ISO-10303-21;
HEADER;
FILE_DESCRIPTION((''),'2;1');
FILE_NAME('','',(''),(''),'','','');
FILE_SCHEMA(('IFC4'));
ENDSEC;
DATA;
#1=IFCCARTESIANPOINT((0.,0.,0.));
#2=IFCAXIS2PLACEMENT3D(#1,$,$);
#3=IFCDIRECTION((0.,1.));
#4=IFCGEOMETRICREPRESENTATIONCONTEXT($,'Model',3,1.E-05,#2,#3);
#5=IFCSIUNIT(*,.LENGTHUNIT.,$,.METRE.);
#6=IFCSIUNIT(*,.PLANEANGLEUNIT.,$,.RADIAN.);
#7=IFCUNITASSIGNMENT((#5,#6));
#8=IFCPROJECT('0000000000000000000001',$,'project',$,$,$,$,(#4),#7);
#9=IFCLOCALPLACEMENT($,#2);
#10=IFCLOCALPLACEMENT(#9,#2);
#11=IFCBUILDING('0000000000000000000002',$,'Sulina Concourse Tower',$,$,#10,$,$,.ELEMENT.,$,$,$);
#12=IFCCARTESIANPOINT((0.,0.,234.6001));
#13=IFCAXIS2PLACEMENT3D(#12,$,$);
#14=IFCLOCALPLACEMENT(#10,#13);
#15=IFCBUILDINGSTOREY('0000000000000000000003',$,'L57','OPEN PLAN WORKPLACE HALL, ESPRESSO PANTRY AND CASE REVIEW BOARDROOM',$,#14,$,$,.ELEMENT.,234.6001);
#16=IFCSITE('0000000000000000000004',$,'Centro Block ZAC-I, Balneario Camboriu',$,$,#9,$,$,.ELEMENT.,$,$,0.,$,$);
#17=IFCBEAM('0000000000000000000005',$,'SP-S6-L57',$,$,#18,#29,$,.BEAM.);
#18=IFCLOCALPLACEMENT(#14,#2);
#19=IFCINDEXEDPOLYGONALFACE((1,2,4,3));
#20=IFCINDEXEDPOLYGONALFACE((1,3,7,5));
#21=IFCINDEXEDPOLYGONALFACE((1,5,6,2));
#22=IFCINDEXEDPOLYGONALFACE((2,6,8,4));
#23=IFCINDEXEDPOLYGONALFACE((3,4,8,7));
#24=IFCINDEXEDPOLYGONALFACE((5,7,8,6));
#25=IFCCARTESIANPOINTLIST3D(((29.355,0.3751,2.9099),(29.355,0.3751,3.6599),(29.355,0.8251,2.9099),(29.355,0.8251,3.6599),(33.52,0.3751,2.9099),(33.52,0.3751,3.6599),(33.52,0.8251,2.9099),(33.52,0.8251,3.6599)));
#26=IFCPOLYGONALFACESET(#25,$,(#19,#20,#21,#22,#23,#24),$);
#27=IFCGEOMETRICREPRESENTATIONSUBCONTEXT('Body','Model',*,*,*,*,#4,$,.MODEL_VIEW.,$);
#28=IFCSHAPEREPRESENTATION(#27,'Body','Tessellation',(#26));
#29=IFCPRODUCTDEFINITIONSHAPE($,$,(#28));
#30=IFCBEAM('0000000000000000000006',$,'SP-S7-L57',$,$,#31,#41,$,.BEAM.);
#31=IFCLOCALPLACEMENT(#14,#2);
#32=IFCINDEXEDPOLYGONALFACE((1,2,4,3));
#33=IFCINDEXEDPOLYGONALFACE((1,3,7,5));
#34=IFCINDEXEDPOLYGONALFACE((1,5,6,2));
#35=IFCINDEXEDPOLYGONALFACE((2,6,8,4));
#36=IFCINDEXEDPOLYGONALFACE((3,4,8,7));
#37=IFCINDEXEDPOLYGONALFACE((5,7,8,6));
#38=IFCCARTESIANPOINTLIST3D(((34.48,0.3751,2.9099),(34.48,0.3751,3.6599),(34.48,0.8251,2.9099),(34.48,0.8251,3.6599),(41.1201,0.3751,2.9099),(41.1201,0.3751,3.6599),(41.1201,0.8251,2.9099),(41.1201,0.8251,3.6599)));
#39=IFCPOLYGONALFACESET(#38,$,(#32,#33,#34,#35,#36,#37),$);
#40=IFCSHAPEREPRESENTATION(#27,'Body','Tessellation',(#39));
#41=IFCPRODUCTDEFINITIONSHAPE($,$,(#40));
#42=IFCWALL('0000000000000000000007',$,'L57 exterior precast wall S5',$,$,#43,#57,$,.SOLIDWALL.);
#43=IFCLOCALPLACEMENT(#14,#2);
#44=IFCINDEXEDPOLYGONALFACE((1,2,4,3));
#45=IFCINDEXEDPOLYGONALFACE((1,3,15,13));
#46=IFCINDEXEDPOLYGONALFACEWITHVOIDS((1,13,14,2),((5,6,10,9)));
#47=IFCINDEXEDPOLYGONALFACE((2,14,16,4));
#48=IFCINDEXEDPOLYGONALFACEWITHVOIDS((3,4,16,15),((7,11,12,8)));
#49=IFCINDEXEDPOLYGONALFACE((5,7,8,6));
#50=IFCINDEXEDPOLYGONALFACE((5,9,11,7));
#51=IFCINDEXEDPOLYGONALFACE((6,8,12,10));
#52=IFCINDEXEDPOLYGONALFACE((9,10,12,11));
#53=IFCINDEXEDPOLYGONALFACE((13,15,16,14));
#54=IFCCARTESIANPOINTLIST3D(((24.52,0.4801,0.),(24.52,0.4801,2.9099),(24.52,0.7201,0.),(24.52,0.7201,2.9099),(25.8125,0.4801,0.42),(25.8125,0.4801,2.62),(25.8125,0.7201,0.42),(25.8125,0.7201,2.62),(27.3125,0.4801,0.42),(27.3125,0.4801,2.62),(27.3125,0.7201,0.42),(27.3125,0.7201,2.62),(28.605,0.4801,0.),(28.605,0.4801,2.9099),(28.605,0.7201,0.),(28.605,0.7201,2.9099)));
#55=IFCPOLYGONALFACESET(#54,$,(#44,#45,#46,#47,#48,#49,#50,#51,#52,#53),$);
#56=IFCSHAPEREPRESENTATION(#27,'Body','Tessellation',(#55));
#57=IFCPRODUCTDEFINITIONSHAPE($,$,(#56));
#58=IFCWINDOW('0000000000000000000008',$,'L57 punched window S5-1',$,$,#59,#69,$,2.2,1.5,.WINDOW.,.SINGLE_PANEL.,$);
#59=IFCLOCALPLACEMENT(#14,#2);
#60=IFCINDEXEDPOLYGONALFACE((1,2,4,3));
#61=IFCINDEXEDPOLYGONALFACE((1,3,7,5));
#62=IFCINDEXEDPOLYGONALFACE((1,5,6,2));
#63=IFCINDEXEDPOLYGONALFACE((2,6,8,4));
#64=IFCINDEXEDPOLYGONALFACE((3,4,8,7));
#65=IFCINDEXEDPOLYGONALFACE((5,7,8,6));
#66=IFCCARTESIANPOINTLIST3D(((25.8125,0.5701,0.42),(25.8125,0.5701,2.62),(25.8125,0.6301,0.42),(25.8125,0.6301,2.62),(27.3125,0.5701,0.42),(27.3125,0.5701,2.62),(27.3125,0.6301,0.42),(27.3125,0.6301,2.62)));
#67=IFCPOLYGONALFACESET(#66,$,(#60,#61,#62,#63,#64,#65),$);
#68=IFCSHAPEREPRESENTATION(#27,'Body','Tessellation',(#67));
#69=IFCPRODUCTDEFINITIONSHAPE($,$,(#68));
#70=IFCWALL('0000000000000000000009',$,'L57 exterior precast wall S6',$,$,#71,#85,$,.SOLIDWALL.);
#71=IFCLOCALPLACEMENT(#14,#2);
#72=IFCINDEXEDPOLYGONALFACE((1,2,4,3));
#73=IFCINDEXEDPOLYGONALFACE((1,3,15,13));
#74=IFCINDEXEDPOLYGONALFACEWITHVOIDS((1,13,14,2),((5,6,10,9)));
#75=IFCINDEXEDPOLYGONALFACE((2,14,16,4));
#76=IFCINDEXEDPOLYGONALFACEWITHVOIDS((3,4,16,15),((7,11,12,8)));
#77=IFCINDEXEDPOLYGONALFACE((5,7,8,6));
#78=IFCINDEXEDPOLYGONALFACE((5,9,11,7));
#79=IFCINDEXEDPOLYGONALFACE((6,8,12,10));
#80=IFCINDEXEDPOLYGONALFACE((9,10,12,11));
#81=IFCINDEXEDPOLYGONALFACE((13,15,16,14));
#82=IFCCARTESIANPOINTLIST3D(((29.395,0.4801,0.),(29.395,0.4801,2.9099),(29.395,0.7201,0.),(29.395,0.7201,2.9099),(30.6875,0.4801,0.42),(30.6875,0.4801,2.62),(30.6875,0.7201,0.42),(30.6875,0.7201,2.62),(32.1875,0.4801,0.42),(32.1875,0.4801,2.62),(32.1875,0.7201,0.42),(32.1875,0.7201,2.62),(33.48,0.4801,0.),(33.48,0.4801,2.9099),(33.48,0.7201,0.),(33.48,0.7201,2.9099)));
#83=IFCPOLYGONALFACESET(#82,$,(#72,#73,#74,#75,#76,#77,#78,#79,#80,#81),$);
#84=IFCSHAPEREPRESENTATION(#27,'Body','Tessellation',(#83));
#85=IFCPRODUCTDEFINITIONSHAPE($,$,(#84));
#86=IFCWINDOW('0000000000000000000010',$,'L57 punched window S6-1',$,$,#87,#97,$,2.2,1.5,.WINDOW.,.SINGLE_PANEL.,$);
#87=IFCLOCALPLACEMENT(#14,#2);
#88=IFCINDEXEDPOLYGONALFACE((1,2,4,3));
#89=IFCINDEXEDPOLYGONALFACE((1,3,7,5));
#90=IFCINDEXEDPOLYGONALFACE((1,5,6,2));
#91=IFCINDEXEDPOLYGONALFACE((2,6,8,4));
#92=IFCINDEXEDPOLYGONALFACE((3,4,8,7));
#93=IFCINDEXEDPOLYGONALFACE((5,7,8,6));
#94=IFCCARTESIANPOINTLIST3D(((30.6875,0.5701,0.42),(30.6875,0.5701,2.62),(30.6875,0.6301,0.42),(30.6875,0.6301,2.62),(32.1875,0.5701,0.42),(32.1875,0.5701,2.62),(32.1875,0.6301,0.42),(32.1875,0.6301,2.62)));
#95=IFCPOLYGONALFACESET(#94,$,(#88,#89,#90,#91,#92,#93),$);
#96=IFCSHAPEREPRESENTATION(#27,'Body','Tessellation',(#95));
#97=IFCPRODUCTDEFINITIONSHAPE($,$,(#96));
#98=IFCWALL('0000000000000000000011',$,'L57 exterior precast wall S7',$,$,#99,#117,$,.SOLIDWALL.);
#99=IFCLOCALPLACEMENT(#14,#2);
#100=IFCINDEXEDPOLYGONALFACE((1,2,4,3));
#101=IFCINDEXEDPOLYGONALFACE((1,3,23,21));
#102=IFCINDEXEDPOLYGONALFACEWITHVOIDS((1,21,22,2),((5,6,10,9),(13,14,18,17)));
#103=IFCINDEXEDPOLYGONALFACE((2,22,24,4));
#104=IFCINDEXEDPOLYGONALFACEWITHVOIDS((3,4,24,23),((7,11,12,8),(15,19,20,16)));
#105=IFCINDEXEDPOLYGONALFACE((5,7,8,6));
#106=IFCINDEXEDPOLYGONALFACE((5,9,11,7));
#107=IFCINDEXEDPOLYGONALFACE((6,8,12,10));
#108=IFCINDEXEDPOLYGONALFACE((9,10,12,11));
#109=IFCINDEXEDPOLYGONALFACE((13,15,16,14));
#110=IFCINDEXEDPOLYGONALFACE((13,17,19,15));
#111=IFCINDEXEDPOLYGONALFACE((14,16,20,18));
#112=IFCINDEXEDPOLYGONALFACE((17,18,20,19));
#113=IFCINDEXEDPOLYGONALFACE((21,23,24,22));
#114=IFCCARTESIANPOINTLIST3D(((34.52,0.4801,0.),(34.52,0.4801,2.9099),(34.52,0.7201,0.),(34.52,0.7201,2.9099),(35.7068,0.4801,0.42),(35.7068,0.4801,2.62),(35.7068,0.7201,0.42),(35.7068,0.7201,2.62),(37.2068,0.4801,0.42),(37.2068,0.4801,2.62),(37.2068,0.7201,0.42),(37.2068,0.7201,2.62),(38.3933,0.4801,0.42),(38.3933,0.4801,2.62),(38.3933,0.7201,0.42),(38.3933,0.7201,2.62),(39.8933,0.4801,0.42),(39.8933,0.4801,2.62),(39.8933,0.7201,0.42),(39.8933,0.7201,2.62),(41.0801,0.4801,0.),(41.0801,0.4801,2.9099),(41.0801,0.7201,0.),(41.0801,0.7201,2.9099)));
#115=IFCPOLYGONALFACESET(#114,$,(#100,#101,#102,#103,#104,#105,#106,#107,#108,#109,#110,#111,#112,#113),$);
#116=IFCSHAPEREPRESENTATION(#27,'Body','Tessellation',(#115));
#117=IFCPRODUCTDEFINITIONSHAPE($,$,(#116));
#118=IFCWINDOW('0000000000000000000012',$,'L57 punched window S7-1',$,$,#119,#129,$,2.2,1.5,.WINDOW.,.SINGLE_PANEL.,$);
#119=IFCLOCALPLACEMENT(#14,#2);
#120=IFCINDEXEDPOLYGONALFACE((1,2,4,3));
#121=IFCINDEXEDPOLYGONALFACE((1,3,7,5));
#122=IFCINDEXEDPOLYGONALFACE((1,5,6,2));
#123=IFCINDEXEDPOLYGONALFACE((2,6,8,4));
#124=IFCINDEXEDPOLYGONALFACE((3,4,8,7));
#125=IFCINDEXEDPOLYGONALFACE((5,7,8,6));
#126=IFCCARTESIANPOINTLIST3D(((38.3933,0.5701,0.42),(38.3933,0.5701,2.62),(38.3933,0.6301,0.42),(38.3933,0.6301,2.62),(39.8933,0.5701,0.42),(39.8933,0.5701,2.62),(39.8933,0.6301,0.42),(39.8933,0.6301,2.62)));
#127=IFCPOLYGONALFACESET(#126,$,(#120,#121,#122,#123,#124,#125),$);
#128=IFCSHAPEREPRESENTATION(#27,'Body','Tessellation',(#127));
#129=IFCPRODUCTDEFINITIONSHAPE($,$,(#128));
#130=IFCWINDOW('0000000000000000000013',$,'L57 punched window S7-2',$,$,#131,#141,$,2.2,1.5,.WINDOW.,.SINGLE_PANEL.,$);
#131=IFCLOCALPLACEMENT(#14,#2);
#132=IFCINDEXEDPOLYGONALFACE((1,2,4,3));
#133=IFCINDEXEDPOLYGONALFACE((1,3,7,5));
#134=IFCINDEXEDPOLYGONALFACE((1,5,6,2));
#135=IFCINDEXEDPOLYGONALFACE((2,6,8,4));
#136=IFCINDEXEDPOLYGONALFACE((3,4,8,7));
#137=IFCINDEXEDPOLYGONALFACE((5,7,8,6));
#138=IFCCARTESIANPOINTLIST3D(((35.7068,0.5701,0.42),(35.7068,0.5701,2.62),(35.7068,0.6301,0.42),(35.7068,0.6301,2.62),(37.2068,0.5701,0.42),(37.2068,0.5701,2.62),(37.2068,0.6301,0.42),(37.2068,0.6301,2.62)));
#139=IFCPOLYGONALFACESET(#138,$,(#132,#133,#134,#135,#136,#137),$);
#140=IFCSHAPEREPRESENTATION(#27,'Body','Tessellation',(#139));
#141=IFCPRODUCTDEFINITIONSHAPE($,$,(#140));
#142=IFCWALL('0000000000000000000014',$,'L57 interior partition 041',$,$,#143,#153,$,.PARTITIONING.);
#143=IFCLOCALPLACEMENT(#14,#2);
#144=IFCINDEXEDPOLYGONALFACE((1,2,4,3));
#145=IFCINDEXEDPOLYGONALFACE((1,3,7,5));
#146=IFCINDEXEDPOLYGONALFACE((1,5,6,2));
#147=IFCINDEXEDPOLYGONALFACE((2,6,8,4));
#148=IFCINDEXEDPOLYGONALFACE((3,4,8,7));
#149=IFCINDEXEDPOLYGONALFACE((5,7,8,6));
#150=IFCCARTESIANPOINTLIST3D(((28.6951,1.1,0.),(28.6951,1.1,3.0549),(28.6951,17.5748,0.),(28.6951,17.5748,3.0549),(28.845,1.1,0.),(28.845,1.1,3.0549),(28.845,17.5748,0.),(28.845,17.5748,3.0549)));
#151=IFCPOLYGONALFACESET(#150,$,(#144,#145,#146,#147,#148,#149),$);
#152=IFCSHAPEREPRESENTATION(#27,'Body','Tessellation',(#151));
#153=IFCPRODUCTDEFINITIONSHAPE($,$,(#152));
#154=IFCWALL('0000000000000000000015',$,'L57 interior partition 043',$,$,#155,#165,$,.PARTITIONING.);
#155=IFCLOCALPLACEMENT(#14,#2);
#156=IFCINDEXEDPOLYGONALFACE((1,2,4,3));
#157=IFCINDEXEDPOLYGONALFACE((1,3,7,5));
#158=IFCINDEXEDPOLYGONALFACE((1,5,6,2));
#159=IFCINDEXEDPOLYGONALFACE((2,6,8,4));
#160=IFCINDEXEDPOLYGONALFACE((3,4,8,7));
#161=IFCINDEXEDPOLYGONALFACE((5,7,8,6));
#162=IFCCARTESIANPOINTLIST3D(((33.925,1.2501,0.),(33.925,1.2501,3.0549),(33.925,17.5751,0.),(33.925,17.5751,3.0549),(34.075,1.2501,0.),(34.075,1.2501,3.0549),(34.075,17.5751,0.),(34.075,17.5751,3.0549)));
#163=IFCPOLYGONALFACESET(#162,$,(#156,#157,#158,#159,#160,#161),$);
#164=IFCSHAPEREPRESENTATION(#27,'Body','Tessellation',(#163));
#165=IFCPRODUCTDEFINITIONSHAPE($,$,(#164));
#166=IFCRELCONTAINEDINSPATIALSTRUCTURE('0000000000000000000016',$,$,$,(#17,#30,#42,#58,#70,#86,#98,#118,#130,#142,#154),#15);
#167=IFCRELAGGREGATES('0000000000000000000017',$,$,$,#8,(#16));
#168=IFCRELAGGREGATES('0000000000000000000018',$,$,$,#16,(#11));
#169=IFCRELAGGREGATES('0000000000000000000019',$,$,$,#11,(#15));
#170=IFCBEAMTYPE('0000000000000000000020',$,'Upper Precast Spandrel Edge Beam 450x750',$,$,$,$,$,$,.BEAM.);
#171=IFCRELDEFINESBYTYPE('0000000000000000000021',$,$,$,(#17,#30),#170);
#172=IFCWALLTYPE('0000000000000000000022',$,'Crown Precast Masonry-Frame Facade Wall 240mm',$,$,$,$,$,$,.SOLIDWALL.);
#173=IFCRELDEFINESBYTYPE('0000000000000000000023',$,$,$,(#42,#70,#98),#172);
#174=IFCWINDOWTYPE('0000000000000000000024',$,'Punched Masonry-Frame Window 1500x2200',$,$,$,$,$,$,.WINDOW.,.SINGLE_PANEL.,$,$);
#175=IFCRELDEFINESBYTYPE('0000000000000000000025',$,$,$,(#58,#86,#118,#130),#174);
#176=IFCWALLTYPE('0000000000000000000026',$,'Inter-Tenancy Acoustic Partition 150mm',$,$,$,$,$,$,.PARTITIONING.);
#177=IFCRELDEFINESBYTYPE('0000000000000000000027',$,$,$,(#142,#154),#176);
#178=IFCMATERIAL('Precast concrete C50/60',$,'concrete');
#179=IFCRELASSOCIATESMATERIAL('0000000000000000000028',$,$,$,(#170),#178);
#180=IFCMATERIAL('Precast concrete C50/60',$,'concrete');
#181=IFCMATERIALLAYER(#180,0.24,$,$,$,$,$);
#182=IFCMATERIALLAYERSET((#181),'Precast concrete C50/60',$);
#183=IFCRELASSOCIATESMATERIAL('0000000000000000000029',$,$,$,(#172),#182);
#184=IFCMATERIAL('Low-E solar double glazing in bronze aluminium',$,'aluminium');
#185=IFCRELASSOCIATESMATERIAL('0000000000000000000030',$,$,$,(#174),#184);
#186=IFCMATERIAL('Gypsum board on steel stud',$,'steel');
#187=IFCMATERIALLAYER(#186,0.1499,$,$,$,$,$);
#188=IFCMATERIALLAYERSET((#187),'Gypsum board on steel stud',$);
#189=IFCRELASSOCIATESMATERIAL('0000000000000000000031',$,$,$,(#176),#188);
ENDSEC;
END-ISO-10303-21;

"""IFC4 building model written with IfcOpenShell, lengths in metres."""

from ifc_helpers import new_model, si_unit, direction, frame, frame_2d, origin, origin_2d, place, context, subcontext, project, spatial, rectangle, extrude, material, layer, layer_set, material_profile, profile_set, type_object, element, fill, save


model = new_model("IFC4")

# Units and contexts
model_context = context("Model", 3, precision=1e-05, world=origin(), true_north=direction((0.0, 1.0)))
body_context = subcontext(model_context, "Body", "Model", "MODEL_VIEW")
ifc_project = project(units=[si_unit("LENGTHUNIT", "METRE"), si_unit("PLANEANGLEUNIT", "RADIAN")], contexts=[model_context])

# Site, building, storey
site_placement = place(None, origin())
site = spatial("IfcSite", under=ifc_project, at=site_placement, Name="Centro Block ZAC-I, Balneario Camboriu", CompositionType="ELEMENT", RefElevation=0.0)
building_placement = place(site_placement, origin())
building = spatial("IfcBuilding", under=site, at=building_placement, Name="Sulina Concourse Tower", CompositionType="ELEMENT")
storey_placement = place(building_placement, frame((0.0, 0.0, 234.6001)))
storey = spatial("IfcBuildingStorey", under=building, at=storey_placement, Name="L57", Description="OPEN PLAN WORKPLACE HALL, ESPRESSO PANTRY AND CASE REVIEW BOARDROOM", CompositionType="ELEMENT", Elevation=234.6001)

# Beams
ifc_material_1 = material(Name="Precast concrete C50/60", Category="concrete")
ifc_material_profile_1 = material_profile(ifc_material_1, rectangle(XDim=0.45, YDim=0.75, at=origin_2d()), Name="RC 450x750")
ifc_profile_set_1 = profile_set([ifc_material_profile_1], Name="Precast concrete C50/60")
beam_type_1 = type_object("IfcBeamType", Name="Upper Precast Spandrel Edge Beam 450x750", PredefinedType="BEAM", material=ifc_profile_set_1)
for number, where, z_axis, x_axis, name in (
    (1, (29.355, 0.6001, 3.2849), (1.0, 0.0, 0.0), (0.0, 1.0, 0.0), "SP-S6-L57"),
):
    element("IfcBeam", number, at=place(storey_placement, frame(where, z_axis=z_axis, x_axis=x_axis)), inside=storey, type_object=beam_type_1, Name=name, PredefinedType="BEAM", context=body_context, shape_type="SweptSolid", body=[
        extrude(rectangle(XDim=0.45, YDim=0.75, at=origin_2d()), origin(), (0.0, 0.0, 1.0), 4.165),
    ])
beam_1_placement = place(storey_placement, frame((34.48, 0.6001, 3.2849), z_axis=(1.0, 0.0, 0.0), x_axis=(0.0, 1.0, 0.0)))
element("IfcBeam", 2, at=beam_1_placement, inside=storey, type_object=beam_type_1, Name="SP-S7-L57", PredefinedType="BEAM", context=body_context, shape_type="SweptSolid", body=[
    extrude(rectangle(XDim=0.45, YDim=0.75, at=origin_2d()), origin(), (0.0, 0.0, 1.0), 6.6401),
])

# Walls, openings, windows
ifc_material_2 = material(Name="Precast concrete C50/60", Category="concrete")
ifc_layer_1 = layer(ifc_material_2, 0.24)
ifc_layer_set_1 = layer_set([ifc_layer_1], Name="Precast concrete C50/60")
wall_type_1 = type_object("IfcWallType", Name="Crown Precast Masonry-Frame Facade Wall 240mm", PredefinedType="SOLIDWALL", material=ifc_layer_set_1)
wall_1_placement = place(storey_placement, frame((28.605, 0.6001, 0.0), z_axis=(0.0, 0.0, 1.0), x_axis=(-1.0, 0.0, 0.0)))
wall_1 = element("IfcWall", 3, at=wall_1_placement, inside=storey, type_object=wall_type_1, Name="L57 exterior precast wall S5", PredefinedType="SOLIDWALL", context=body_context, shape_type="SweptSolid", body=[
    extrude(rectangle(XDim=4.085, YDim=0.24, at=frame_2d((2.0425, 0.0))), origin(), (0.0, 0.0, 1.0), 2.9099),
])
opening_1_placement = place(wall_1_placement, frame((1.2925, 0.0, 0.4199)))
opening_1 = element("IfcOpeningElement", 4, at=opening_1_placement, cuts=wall_1, PredefinedType="OPENING", context=body_context, shape_type="SweptSolid", body=[
    extrude(rectangle(XDim=1.5, YDim=2.2, at=frame_2d((0.75, 1.1001))), frame((0.0, 0.1299, 0.0), z_axis=(0.0, -1.0, 0.0), x_axis=(1.0, 0.0, 0.0)), (0.0, 0.0, 1.0), 0.26),
])
ifc_material_3 = material(Name="Low-E solar double glazing in bronze aluminium", Category="aluminium")
window_type = type_object("IfcWindowType", Name="Punched Masonry-Frame Window 1500x2200", PartitioningType="SINGLE_PANEL", PredefinedType="WINDOW", material=ifc_material_3)
window_1_placement = place(opening_1_placement, origin())
window_1 = element("IfcWindow", 5, at=window_1_placement, inside=storey, type_object=window_type, Name="L57 punched window S5-1", OverallHeight=2.2, OverallWidth=1.5, PartitioningType="SINGLE_PANEL", PredefinedType="WINDOW", context=body_context, shape_type="SweptSolid", body=[
    extrude(rectangle(XDim=1.5, YDim=2.2, at=frame_2d((0.75, 1.1001))), frame((0.0, 0.03, 0.0), z_axis=(0.0, -1.0, 0.0), x_axis=(1.0, 0.0, 0.0)), (0.0, 0.0, 1.0), 0.0601),
])
fill(opening_1, window_1)
wall_2_placement = place(storey_placement, frame((33.48, 0.6001, 0.0), z_axis=(0.0, 0.0, 1.0), x_axis=(-1.0, 0.0, 0.0)))
wall_2 = element("IfcWall", 6, at=wall_2_placement, inside=storey, type_object=wall_type_1, Name="L57 exterior precast wall S6", PredefinedType="SOLIDWALL", context=body_context, shape_type="SweptSolid", body=[
    extrude(rectangle(XDim=4.085, YDim=0.24, at=frame_2d((2.0425, 0.0))), origin(), (0.0, 0.0, 1.0), 2.9099),
])
opening_2_placement = place(wall_2_placement, frame((1.2925, 0.0, 0.4199)))
opening_2 = element("IfcOpeningElement", 7, at=opening_2_placement, cuts=wall_2, PredefinedType="OPENING", context=body_context, shape_type="SweptSolid", body=[
    extrude(rectangle(XDim=1.5, YDim=2.2, at=frame_2d((0.75, 1.1001))), frame((0.0, 0.1299, 0.0), z_axis=(0.0, -1.0, 0.0), x_axis=(1.0, 0.0, 0.0)), (0.0, 0.0, 1.0), 0.26),
])
window_2_placement = place(opening_2_placement, origin())
window_2 = element("IfcWindow", 8, at=window_2_placement, inside=storey, type_object=window_type, Name="L57 punched window S6-1", OverallHeight=2.2, OverallWidth=1.5, PartitioningType="SINGLE_PANEL", PredefinedType="WINDOW", context=body_context, shape_type="SweptSolid", body=[
    extrude(rectangle(XDim=1.5, YDim=2.2, at=frame_2d((0.75, 1.1001))), frame((0.0, 0.03, 0.0), z_axis=(0.0, -1.0, 0.0), x_axis=(1.0, 0.0, 0.0)), (0.0, 0.0, 1.0), 0.0601),
])
fill(opening_2, window_2)

# Wall, openings, windows
wall_3_placement = place(storey_placement, frame((41.0801, 0.6001, 0.0), z_axis=(0.0, 0.0, 1.0), x_axis=(-1.0, 0.0, 0.0)))
wall_3 = element("IfcWall", 9, at=wall_3_placement, inside=storey, type_object=wall_type_1, Name="L57 exterior precast wall S7", PredefinedType="SOLIDWALL", context=body_context, shape_type="SweptSolid", body=[
    extrude(rectangle(XDim=6.5601, YDim=0.24, at=frame_2d((3.28, 0.0))), origin(), (0.0, 0.0, 1.0), 2.9099),
])
opening_3_placement = place(wall_3_placement, frame((1.1868, 0.0, 0.4199)))
opening_3 = element("IfcOpeningElement", 10, at=opening_3_placement, cuts=wall_3, PredefinedType="OPENING", context=body_context, shape_type="SweptSolid", body=[
    extrude(rectangle(XDim=1.5, YDim=2.2, at=frame_2d((0.75, 1.1001))), frame((0.0, 0.1299, 0.0), z_axis=(0.0, -1.0, 0.0), x_axis=(1.0, 0.0, 0.0)), (0.0, 0.0, 1.0), 0.26),
])
opening_4_placement = place(wall_3_placement, frame((3.8733, 0.0, 0.4199)))
opening_4 = element("IfcOpeningElement", 11, at=opening_4_placement, cuts=wall_3, PredefinedType="OPENING", context=body_context, shape_type="SweptSolid", body=[
    extrude(rectangle(XDim=1.5, YDim=2.2, at=frame_2d((0.75, 1.1001))), frame((0.0, 0.1299, 0.0), z_axis=(0.0, -1.0, 0.0), x_axis=(1.0, 0.0, 0.0)), (0.0, 0.0, 1.0), 0.26),
])
window_3_placement = place(opening_3_placement, origin())
window_3 = element("IfcWindow", 12, at=window_3_placement, inside=storey, type_object=window_type, Name="L57 punched window S7-1", OverallHeight=2.2, OverallWidth=1.5, PartitioningType="SINGLE_PANEL", PredefinedType="WINDOW", context=body_context, shape_type="SweptSolid", body=[
    extrude(rectangle(XDim=1.5, YDim=2.2, at=frame_2d((0.75, 1.1001))), frame((0.0, 0.03, 0.0), z_axis=(0.0, -1.0, 0.0), x_axis=(1.0, 0.0, 0.0)), (0.0, 0.0, 1.0), 0.0601),
])
fill(opening_3, window_3)
window_4_placement = place(opening_4_placement, origin())
window_4 = element("IfcWindow", 13, at=window_4_placement, inside=storey, type_object=window_type, Name="L57 punched window S7-2", OverallHeight=2.2, OverallWidth=1.5, PartitioningType="SINGLE_PANEL", PredefinedType="WINDOW", context=body_context, shape_type="SweptSolid", body=[
    extrude(rectangle(XDim=1.5, YDim=2.2, at=frame_2d((0.75, 1.1001))), frame((0.0, 0.03, 0.0), z_axis=(0.0, -1.0, 0.0), x_axis=(1.0, 0.0, 0.0)), (0.0, 0.0, 1.0), 0.0601),
])
fill(opening_4, window_4)

# Walls
ifc_material_4 = material(Name="Gypsum board on steel stud", Category="steel")
ifc_layer_2 = layer(ifc_material_4, 0.1499)
ifc_layer_set_2 = layer_set([ifc_layer_2], Name="Gypsum board on steel stud")
wall_type_2 = type_object("IfcWallType", Name="Inter-Tenancy Acoustic Partition 150mm", PredefinedType="PARTITIONING", material=ifc_layer_set_2)
wall_4_placement = place(storey_placement, frame((28.77, 1.1001, 0.0), z_axis=(0.0, 0.0, 1.0), x_axis=(0.0, 1.0, 0.0)))
element("IfcWall", 14, at=wall_4_placement, inside=storey, type_object=wall_type_2, Name="L57 interior partition 041", PredefinedType="PARTITIONING", context=body_context, shape_type="SweptSolid", body=[
    extrude(rectangle(XDim=16.4749, YDim=0.1499, at=frame_2d((8.2373, 0.0))), origin(), (0.0, 0.0, 1.0), 3.0549),
])
wall_5_placement = place(storey_placement, frame((34.0, 1.25, 0.0), z_axis=(0.0, 0.0, 1.0), x_axis=(0.0, 1.0, 0.0)))
element("IfcWall", 15, at=wall_5_placement, inside=storey, type_object=wall_type_2, Name="L57 interior partition 043", PredefinedType="PARTITIONING", context=body_context, shape_type="SweptSolid", body=[
    extrude(rectangle(XDim=16.325, YDim=0.1499, at=frame_2d((8.1626, 0.0))), origin(), (0.0, 0.0, 1.0), 3.0549),
])

save(model, "model.ifc")
